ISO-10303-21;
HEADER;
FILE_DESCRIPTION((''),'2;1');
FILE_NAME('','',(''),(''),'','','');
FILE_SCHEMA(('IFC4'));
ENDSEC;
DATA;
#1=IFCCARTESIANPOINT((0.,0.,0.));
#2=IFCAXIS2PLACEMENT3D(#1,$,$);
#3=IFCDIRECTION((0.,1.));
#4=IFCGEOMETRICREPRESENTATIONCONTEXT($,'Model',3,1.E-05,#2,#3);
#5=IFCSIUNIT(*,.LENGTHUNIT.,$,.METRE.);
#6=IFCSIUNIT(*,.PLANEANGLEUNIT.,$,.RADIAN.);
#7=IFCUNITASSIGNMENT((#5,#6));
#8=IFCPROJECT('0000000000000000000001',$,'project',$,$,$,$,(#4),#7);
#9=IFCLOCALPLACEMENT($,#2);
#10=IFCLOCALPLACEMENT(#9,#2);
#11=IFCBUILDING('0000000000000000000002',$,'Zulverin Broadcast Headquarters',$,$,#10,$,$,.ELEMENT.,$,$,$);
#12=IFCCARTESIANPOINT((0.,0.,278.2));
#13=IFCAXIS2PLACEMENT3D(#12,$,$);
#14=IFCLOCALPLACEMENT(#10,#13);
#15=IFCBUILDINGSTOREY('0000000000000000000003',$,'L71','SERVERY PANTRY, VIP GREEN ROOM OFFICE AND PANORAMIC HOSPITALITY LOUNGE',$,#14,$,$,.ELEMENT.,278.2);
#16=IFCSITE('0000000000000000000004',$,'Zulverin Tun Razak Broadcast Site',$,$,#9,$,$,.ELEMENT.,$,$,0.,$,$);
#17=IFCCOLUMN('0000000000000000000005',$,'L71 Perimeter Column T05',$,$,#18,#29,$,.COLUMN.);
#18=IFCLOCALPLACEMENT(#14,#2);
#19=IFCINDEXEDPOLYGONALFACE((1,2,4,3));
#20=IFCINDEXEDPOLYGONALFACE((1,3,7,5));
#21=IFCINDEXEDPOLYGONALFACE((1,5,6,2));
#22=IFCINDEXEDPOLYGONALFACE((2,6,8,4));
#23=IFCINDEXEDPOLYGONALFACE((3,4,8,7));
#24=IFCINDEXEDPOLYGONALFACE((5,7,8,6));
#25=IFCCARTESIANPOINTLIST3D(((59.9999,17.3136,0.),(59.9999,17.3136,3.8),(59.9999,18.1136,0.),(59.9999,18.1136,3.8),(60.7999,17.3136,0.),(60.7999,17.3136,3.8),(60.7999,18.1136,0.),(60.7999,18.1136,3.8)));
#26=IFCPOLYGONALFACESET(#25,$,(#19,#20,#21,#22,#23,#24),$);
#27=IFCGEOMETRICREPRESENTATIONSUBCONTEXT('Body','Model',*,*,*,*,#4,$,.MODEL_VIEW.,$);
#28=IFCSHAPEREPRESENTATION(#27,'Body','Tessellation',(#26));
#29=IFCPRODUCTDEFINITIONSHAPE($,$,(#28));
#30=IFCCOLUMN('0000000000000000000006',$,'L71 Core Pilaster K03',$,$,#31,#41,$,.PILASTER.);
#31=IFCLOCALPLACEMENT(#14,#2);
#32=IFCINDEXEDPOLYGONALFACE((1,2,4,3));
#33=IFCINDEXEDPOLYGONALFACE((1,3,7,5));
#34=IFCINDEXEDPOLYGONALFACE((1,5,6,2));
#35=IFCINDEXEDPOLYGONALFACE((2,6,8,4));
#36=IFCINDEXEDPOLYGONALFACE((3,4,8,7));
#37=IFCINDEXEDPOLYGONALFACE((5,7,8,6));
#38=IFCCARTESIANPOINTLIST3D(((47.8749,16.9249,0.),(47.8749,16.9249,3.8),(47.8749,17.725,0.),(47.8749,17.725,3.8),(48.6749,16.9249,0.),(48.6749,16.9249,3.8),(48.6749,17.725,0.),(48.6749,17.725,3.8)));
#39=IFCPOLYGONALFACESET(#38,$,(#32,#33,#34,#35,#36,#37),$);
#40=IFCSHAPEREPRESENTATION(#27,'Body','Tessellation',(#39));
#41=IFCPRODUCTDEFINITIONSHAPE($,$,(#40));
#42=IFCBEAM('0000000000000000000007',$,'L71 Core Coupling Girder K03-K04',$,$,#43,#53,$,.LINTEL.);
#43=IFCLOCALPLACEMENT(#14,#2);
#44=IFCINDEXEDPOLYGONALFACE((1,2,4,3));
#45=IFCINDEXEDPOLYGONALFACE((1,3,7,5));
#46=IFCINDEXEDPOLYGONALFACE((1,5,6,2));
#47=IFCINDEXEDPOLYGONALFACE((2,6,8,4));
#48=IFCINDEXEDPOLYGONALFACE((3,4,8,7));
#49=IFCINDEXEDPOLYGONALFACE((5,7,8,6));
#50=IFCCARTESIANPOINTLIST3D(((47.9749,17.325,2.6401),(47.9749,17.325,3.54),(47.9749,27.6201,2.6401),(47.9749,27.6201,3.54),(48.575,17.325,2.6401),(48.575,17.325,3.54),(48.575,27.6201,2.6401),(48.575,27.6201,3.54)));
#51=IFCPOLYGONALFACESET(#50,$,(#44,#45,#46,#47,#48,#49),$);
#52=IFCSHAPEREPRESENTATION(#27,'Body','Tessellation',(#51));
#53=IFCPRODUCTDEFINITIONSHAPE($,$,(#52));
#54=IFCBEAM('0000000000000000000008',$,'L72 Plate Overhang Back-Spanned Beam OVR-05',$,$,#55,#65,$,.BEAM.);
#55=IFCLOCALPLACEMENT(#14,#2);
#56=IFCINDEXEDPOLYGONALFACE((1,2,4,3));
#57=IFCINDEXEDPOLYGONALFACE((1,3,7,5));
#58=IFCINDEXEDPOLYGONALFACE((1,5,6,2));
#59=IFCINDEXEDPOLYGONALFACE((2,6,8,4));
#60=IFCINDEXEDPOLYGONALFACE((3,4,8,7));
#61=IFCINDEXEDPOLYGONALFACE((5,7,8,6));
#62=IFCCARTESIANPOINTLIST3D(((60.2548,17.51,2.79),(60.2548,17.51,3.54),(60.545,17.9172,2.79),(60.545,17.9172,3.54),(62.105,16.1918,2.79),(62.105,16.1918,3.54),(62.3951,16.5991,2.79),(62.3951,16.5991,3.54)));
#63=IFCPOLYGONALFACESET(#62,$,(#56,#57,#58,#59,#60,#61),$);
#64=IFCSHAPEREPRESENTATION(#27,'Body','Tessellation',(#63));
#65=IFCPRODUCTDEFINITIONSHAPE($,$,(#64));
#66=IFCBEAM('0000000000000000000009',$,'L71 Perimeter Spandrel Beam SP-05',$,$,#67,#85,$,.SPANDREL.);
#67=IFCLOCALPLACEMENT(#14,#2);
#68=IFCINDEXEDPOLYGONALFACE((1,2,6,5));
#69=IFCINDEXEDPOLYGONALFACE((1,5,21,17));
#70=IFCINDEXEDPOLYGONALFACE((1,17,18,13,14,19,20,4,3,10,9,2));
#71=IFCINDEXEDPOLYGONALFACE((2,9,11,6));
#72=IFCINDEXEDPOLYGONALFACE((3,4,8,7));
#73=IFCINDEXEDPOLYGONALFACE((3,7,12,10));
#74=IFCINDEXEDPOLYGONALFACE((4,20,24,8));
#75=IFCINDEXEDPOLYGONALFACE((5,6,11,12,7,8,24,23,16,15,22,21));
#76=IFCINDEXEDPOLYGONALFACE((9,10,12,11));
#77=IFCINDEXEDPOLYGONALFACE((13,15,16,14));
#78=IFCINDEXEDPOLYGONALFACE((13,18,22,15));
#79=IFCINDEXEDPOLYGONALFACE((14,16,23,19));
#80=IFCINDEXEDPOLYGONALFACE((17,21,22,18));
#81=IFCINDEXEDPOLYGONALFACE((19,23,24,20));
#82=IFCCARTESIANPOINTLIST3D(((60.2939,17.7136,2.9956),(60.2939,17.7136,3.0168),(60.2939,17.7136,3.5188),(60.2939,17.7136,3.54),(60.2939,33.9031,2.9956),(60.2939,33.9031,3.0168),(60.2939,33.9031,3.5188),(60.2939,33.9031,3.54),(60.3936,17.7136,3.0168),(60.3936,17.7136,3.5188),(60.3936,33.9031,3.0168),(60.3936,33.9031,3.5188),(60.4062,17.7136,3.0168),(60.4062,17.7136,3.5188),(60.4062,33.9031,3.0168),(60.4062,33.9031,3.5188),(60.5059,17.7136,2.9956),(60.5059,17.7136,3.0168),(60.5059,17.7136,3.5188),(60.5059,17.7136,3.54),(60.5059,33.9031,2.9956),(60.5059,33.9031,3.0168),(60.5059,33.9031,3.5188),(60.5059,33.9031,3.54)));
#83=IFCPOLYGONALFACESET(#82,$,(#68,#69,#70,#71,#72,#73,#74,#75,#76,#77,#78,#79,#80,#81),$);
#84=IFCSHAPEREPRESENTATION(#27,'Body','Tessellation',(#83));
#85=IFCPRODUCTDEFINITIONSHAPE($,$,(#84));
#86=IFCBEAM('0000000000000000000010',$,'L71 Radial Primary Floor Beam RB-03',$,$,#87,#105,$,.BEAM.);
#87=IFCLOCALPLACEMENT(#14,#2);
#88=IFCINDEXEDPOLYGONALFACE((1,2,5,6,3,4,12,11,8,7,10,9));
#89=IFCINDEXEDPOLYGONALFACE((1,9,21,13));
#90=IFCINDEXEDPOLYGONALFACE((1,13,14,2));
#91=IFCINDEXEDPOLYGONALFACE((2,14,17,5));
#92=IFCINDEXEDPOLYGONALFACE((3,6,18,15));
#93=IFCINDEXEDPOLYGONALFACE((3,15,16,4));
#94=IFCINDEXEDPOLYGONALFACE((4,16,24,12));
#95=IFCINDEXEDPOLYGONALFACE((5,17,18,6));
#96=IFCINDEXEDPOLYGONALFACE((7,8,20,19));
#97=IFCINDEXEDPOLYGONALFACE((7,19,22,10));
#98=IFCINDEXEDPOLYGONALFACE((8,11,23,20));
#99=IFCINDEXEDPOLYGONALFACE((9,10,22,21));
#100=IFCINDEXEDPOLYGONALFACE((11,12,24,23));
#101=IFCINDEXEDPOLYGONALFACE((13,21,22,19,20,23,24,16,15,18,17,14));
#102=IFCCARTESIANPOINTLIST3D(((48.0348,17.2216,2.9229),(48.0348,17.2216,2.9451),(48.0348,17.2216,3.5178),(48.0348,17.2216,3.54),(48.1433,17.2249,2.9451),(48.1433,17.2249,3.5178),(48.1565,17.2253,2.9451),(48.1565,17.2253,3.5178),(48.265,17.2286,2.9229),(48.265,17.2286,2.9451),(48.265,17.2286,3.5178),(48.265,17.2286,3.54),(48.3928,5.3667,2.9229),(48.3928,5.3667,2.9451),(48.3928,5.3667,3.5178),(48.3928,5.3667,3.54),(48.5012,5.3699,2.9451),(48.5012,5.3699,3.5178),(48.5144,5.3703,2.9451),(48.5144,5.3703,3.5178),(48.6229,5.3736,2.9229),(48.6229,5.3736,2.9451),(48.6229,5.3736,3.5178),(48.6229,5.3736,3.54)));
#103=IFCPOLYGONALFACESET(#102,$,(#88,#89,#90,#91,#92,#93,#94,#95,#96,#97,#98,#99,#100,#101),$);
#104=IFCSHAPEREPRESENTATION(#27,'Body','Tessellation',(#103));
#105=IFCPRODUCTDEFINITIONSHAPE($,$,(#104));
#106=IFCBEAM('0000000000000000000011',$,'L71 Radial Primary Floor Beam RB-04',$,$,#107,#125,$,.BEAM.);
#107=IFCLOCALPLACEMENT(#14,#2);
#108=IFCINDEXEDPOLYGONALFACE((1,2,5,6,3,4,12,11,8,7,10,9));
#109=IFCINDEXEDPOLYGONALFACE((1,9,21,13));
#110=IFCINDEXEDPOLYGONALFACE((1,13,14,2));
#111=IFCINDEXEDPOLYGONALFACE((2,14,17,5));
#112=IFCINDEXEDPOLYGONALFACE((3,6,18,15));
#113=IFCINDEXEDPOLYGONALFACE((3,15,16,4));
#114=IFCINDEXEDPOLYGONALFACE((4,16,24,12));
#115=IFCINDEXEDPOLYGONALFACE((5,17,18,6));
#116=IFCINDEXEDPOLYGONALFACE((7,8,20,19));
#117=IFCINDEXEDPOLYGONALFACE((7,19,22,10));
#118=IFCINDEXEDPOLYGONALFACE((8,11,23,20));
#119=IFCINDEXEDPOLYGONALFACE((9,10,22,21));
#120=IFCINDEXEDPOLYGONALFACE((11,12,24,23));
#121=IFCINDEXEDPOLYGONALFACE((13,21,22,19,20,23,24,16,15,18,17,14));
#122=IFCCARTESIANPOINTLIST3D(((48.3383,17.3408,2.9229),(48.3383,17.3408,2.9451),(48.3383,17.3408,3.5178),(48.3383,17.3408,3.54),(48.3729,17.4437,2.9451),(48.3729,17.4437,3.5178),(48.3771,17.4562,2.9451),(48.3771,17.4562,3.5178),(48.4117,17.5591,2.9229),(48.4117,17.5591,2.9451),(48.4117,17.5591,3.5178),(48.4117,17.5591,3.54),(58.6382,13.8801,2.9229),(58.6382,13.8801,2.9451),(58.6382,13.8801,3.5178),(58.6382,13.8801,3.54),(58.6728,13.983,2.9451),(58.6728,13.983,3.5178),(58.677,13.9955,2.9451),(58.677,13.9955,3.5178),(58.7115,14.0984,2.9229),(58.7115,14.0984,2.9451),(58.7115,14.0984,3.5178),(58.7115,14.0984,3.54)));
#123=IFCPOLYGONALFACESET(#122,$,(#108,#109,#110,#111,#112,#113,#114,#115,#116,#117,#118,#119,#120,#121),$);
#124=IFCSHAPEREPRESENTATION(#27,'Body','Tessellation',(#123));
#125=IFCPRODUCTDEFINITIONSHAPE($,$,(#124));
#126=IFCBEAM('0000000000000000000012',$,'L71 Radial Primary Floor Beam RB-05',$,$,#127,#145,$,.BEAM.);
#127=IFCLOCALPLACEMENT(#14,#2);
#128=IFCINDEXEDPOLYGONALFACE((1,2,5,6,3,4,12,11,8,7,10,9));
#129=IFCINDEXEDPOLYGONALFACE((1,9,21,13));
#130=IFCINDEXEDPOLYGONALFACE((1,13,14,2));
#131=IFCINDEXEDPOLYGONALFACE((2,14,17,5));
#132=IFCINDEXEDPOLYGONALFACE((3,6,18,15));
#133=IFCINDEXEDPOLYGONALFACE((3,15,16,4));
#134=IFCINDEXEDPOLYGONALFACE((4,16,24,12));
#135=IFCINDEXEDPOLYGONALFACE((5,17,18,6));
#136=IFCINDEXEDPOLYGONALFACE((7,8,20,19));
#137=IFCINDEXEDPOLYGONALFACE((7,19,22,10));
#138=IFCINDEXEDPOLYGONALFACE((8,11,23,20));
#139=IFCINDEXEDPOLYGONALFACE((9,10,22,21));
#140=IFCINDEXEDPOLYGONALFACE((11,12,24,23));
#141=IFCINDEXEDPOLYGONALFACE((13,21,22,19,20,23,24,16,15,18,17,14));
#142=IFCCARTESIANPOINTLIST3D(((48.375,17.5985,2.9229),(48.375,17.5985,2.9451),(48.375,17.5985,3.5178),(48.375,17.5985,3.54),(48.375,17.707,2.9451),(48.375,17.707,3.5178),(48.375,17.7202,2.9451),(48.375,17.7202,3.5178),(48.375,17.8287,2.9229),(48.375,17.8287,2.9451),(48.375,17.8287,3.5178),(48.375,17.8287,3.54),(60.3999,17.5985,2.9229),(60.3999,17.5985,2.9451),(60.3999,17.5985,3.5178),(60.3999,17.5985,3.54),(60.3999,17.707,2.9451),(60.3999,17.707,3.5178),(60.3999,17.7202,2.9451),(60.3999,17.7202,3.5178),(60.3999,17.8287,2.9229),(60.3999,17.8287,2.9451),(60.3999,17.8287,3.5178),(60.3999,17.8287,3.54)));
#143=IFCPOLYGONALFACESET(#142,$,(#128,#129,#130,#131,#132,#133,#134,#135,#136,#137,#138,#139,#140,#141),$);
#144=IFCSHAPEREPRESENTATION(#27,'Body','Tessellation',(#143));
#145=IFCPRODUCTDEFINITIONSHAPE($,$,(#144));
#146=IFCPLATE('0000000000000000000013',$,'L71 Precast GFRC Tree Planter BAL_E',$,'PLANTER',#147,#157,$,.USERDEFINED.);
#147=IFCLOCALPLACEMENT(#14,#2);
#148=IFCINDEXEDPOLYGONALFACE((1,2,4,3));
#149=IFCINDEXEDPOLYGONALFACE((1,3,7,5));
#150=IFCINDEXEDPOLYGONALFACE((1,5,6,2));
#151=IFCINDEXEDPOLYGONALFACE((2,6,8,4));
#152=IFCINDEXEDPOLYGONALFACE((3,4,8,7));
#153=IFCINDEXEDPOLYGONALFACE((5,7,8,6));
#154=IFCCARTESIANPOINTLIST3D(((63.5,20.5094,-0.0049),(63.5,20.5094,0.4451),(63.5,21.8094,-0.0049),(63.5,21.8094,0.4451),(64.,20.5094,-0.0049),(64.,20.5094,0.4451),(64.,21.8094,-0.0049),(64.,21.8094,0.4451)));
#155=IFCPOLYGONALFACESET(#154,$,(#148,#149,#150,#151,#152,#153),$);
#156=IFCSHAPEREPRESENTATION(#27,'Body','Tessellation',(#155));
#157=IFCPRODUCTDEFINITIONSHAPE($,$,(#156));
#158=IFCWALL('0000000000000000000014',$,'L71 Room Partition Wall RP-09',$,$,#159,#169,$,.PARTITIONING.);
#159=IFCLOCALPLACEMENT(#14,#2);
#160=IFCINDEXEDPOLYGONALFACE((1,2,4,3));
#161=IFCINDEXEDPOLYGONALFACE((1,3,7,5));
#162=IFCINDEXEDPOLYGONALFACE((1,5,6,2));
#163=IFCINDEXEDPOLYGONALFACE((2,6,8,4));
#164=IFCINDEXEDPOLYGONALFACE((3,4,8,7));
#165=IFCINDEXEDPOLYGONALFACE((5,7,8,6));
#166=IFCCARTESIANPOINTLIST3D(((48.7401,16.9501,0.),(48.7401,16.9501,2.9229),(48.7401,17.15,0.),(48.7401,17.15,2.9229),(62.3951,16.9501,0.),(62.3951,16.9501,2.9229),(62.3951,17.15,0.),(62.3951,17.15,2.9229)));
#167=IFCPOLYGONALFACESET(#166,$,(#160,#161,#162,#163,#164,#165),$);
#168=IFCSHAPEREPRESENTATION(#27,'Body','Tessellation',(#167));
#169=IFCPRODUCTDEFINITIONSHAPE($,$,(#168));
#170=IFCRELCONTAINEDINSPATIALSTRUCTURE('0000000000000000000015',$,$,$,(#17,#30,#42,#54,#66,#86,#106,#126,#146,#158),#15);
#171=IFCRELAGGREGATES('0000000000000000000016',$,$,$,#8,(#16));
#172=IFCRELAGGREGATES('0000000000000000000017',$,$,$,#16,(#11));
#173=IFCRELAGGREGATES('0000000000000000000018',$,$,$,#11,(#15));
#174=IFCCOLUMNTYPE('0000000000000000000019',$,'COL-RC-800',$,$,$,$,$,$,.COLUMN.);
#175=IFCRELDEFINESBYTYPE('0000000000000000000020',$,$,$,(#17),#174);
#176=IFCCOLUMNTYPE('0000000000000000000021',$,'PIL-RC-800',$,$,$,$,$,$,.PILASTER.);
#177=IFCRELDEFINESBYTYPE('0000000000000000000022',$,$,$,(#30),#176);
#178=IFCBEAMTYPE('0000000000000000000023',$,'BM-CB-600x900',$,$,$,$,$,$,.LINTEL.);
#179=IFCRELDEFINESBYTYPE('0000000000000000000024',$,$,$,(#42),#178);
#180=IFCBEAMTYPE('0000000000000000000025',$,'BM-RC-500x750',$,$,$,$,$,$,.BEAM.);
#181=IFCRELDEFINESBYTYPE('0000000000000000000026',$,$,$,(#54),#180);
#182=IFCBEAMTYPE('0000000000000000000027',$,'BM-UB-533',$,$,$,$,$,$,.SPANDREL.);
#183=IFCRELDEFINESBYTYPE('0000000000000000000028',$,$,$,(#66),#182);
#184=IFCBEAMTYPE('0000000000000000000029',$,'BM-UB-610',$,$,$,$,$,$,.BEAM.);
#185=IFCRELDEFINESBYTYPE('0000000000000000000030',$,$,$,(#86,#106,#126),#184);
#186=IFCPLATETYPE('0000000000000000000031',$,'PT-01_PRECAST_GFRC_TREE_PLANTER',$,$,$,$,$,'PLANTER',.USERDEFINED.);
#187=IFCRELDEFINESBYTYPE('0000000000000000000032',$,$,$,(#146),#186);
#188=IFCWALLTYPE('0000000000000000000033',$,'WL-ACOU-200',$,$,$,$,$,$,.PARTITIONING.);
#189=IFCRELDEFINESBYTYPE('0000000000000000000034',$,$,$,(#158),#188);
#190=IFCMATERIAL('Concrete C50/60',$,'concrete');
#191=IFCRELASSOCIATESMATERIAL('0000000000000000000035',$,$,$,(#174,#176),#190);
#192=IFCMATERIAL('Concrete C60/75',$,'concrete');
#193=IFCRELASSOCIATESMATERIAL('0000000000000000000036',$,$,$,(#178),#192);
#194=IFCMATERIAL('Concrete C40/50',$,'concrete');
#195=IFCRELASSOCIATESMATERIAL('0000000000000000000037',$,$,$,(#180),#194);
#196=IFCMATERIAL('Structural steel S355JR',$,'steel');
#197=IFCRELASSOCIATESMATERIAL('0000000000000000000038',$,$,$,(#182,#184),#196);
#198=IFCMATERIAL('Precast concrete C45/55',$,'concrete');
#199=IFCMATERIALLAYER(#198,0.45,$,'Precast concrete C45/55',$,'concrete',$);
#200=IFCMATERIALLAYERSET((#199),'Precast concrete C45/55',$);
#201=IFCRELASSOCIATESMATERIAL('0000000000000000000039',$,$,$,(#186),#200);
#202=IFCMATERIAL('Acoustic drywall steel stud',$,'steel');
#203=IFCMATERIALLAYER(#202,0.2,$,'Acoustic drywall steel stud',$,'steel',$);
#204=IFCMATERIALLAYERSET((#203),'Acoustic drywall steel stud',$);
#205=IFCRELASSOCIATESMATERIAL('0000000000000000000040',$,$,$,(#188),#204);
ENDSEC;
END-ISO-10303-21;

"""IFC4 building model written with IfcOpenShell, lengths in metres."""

from ifc_helpers import new_model, si_unit, direction, frame, frame_2d, origin, origin_2d, place, context, subcontext, project, spatial, rectangle, i_section, extrude, material, layer, layer_set, material_profile, profile_set, type_object, element, save


model = new_model("IFC4")

# Units and contexts
model_context = context("Model", 3, precision=1e-05, world=origin(), true_north=direction((0.0, 1.0)))
body_context = subcontext(model_context, "Body", "Model", "MODEL_VIEW")
ifc_project = project(units=[si_unit("LENGTHUNIT", "METRE"), si_unit("PLANEANGLEUNIT", "RADIAN")], contexts=[model_context])

# Site, building, storey
site_placement = place(None, origin())
site = spatial("IfcSite", under=ifc_project, at=site_placement, Name="Zulverin Tun Razak Broadcast Site", CompositionType="ELEMENT", RefElevation=0.0)
building_placement = place(site_placement, origin())
building = spatial("IfcBuilding", under=site, at=building_placement, Name="Zulverin Broadcast Headquarters", CompositionType="ELEMENT")
storey_placement = place(building_placement, frame((0.0, 0.0, 278.2)))
storey = spatial("IfcBuildingStorey", under=building, at=storey_placement, Name="L71", Description="SERVERY PANTRY, VIP GREEN ROOM OFFICE AND PANORAMIC HOSPITALITY LOUNGE", CompositionType="ELEMENT", Elevation=278.2)

# Columns
ifc_material_1 = material(Name="Concrete C50/60", Category="concrete")
ifc_material_profile_1 = material_profile(ifc_material_1, rectangle(XDim=0.8, YDim=0.8, at=origin_2d()), Name="Concrete C50/60", Category="concrete")
ifc_profile_set_1 = profile_set([ifc_material_profile_1], Name="Concrete C50/60")
column_type_1 = type_object("IfcColumnType", Name="COL-RC-800", PredefinedType="COLUMN", material=ifc_profile_set_1)
column_1_placement = place(storey_placement, frame((60.3999, 17.7136, 0.0), z_axis=(0.0, 0.0, 1.0), x_axis=(1.0, 0.0, 0.0)))
element("IfcColumn", 1, at=column_1_placement, inside=storey, type_object=column_type_1, Name="L71 Perimeter Column T05", PredefinedType="COLUMN", context=body_context, shape_type="SweptSolid", body=[
    extrude(rectangle(XDim=0.8, YDim=0.8, at=origin_2d()), origin(), (0.0, 0.0, 1.0), 3.8),
])
ifc_material_profile_2 = material_profile(ifc_material_1, rectangle(XDim=0.8, YDim=0.8, at=origin_2d()), Name="Concrete C50/60", Category="concrete")
ifc_profile_set_2 = profile_set([ifc_material_profile_2], Name="Concrete C50/60")
column_type_2 = type_object("IfcColumnType", Name="PIL-RC-800", PredefinedType="PILASTER", material=ifc_profile_set_2)
column_2_placement = place(storey_placement, frame((48.2749, 17.325, 0.0), z_axis=(0.0, 0.0, 1.0), x_axis=(1.0, 0.0, 0.0)))
element("IfcColumn", 2, at=column_2_placement, inside=storey, type_object=column_type_2, Name="L71 Core Pilaster K03", PredefinedType="PILASTER", context=body_context, shape_type="SweptSolid", body=[
    extrude(rectangle(XDim=0.8, YDim=0.8, at=origin_2d()), origin(), (0.0, 0.0, 1.0), 3.8),
])

# Beams
ifc_material_2 = material(Name="Concrete C60/75", Category="concrete")
ifc_material_profile_3 = material_profile(ifc_material_2, rectangle(XDim=0.6001, YDim=0.8999, at=origin_2d()), Name="Concrete C60/75", Category="concrete")
ifc_profile_set_3 = profile_set([ifc_material_profile_3], Name="Concrete C60/75")
beam_type_1 = type_object("IfcBeamType", Name="BM-CB-600x900", PredefinedType="LINTEL", material=ifc_profile_set_3)
beam_1_placement = place(storey_placement, frame((48.2749, 17.325, 3.0901), z_axis=(0.0, 1.0, 0.0), x_axis=(-1.0, 0.0, 0.0)))
element("IfcBeam", 3, at=beam_1_placement, inside=storey, type_object=beam_type_1, Name="L71 Core Coupling Girder K03-K04", PredefinedType="LINTEL", context=body_context, shape_type="SweptSolid", body=[
    extrude(rectangle(XDim=0.6001, YDim=0.8999, at=origin_2d()), origin(), (0.0, 0.0, 1.0), 10.2952),
])
ifc_material_3 = material(Name="Concrete C40/50", Category="concrete")
ifc_material_profile_4 = material_profile(ifc_material_3, rectangle(XDim=0.5, YDim=0.75, at=origin_2d()), Name="Concrete C40/50", Category="concrete")
ifc_profile_set_4 = profile_set([ifc_material_profile_4], Name="Concrete C40/50")
beam_type_2 = type_object("IfcBeamType", Name="BM-RC-500x750", PredefinedType="BEAM", material=ifc_profile_set_4)
beam_2_placement = place(storey_placement, frame((60.3999, 17.7136, 3.165), z_axis=(0.814437, -0.580252, 0.0), x_axis=(0.580252, 0.814437, 0.0)))
element("IfcBeam", 4, at=beam_2_placement, inside=storey, type_object=beam_type_2, Name="L72 Plate Overhang Back-Spanned Beam OVR-05", PredefinedType="BEAM", context=body_context, shape_type="SweptSolid", body=[
    extrude(rectangle(XDim=0.5, YDim=0.75, at=origin_2d()), origin(), (0.0, 0.0, 1.0), 2.2717),
])
ifc_material_4 = material(Name="Structural steel S355JR", Category="steel")
ifc_material_profile_5 = material_profile(ifc_material_4, i_section(OverallWidth=0.2119, OverallDepth=0.5444, WebThickness=0.0127, FlangeThickness=0.0212, at=origin_2d()), Name="Structural steel S355JR", Category="steel")
ifc_profile_set_5 = profile_set([ifc_material_profile_5], Name="Structural steel S355JR")
beam_type_3 = type_object("IfcBeamType", Name="BM-UB-533", PredefinedType="SPANDREL", material=ifc_profile_set_5)
beam_3_placement = place(storey_placement, frame((60.3999, 17.7136, 3.2678), z_axis=(0.0, 1.0, 0.0), x_axis=(-1.0, 0.0, 0.0)))
element("IfcBeam", 5, at=beam_3_placement, inside=storey, type_object=beam_type_3, Name="L71 Perimeter Spandrel Beam SP-05", PredefinedType="SPANDREL", context=body_context, shape_type="SweptSolid", body=[
    extrude(i_section(OverallWidth=0.2119, OverallDepth=0.5444, WebThickness=0.0127, FlangeThickness=0.0212, at=origin_2d()), origin(), (0.0, 0.0, 1.0), 16.1895),
])
ifc_material_profile_6 = material_profile(ifc_material_4, i_section(OverallWidth=0.2302, OverallDepth=0.6172, WebThickness=0.0132, FlangeThickness=0.0222, at=origin_2d()), Name="Structural steel S355JR", Category="steel")
ifc_profile_set_6 = profile_set([ifc_material_profile_6], Name="Structural steel S355JR")
beam_type_4 = type_object("IfcBeamType", Name="BM-UB-610", PredefinedType="BEAM", material=ifc_profile_set_6)
beam_4_placement = place(storey_placement, frame((48.1499, 17.2251, 3.2314), z_axis=(0.030177, -0.999545, 0.0), x_axis=(0.999545, 0.030177, 0.0)))
element("IfcBeam", 6, at=beam_4_placement, inside=storey, type_object=beam_type_4, Name="L71 Radial Primary Floor Beam RB-03", PredefinedType="BEAM", context=body_context, shape_type="SweptSolid", body=[
    extrude(i_section(OverallWidth=0.2302, OverallDepth=0.6172, WebThickness=0.0132, FlangeThickness=0.0222, at=origin_2d()), origin(), (0.0, 0.0, 1.0), 11.8604),
])
beam_5_placement = place(storey_placement, frame((48.375, 17.45, 3.2314), z_axis=(0.947923, -0.318498, 0.0), x_axis=(0.318498, 0.947923, 0.0)))
element("IfcBeam", 7, at=beam_5_placement, inside=storey, type_object=beam_type_4, Name="L71 Radial Primary Floor Beam RB-04", PredefinedType="BEAM", context=body_context, shape_type="SweptSolid", body=[
    extrude(i_section(OverallWidth=0.2302, OverallDepth=0.6172, WebThickness=0.0132, FlangeThickness=0.0222, at=origin_2d()), origin(), (0.0, 0.0, 1.0), 10.8657),
])
beam_6_placement = place(storey_placement, frame((48.375, 17.7136, 3.2314), z_axis=(1.0, 0.0, 0.0), x_axis=(0.0, 1.0, 0.0)))
element("IfcBeam", 8, at=beam_6_placement, inside=storey, type_object=beam_type_4, Name="L71 Radial Primary Floor Beam RB-05", PredefinedType="BEAM", context=body_context, shape_type="SweptSolid", body=[
    extrude(i_section(OverallWidth=0.2302, OverallDepth=0.6172, WebThickness=0.0132, FlangeThickness=0.0222, at=origin_2d()), origin(), (0.0, 0.0, 1.0), 12.0249),
])

# Plate
ifc_material_5 = material(Name="Precast concrete C45/55", Category="concrete")
ifc_layer_1 = layer(ifc_material_5, 0.45, Name="Precast concrete C45/55", Category="concrete")
ifc_layer_set_1 = layer_set([ifc_layer_1], Name="Precast concrete C45/55")
plate_type = type_object("IfcPlateType", Name="PT-01_PRECAST_GFRC_TREE_PLANTER", ElementType="PLANTER", PredefinedType="USERDEFINED", material=ifc_layer_set_1)
plate_placement = place(storey_placement, frame((63.75, 21.1594, -0.0049), z_axis=(0.0, 0.0, 1.0), x_axis=(0.0, 1.0, 0.0)))
element("IfcPlate", 9, at=plate_placement, inside=storey, type_object=plate_type, Name="L71 Precast GFRC Tree Planter BAL_E", ObjectType="PLANTER", PredefinedType="USERDEFINED", context=body_context, shape_type="SweptSolid", body=[
    extrude(rectangle(XDim=1.3, YDim=0.5, at=origin_2d()), origin(), (0.0, 0.0, 1.0), 0.45),
])

# Wall
ifc_material_6 = material(Name="Acoustic drywall steel stud", Category="steel")
ifc_layer_2 = layer(ifc_material_6, 0.2, Name="Acoustic drywall steel stud", Category="steel")
ifc_layer_set_2 = layer_set([ifc_layer_2], Name="Acoustic drywall steel stud")
wall_type_1 = type_object("IfcWallType", Name="WL-ACOU-200", PredefinedType="PARTITIONING", material=ifc_layer_set_2)
wall_1_placement = place(storey_placement, frame((48.74, 17.05, 0.0), z_axis=(0.0, 0.0, 1.0), x_axis=(1.0, 0.0, 0.0)))
element("IfcWall", 10, at=wall_1_placement, inside=storey, type_object=wall_type_1, Name="L71 Room Partition Wall RP-09", PredefinedType="PARTITIONING", context=body_context, shape_type="SweptSolid", body=[
    extrude(rectangle(XDim=13.655, YDim=0.2, at=frame_2d((6.8276, 0.0))), origin(), (0.0, 0.0, 1.0), 2.9229),
])

save(model, "model.ifc")
